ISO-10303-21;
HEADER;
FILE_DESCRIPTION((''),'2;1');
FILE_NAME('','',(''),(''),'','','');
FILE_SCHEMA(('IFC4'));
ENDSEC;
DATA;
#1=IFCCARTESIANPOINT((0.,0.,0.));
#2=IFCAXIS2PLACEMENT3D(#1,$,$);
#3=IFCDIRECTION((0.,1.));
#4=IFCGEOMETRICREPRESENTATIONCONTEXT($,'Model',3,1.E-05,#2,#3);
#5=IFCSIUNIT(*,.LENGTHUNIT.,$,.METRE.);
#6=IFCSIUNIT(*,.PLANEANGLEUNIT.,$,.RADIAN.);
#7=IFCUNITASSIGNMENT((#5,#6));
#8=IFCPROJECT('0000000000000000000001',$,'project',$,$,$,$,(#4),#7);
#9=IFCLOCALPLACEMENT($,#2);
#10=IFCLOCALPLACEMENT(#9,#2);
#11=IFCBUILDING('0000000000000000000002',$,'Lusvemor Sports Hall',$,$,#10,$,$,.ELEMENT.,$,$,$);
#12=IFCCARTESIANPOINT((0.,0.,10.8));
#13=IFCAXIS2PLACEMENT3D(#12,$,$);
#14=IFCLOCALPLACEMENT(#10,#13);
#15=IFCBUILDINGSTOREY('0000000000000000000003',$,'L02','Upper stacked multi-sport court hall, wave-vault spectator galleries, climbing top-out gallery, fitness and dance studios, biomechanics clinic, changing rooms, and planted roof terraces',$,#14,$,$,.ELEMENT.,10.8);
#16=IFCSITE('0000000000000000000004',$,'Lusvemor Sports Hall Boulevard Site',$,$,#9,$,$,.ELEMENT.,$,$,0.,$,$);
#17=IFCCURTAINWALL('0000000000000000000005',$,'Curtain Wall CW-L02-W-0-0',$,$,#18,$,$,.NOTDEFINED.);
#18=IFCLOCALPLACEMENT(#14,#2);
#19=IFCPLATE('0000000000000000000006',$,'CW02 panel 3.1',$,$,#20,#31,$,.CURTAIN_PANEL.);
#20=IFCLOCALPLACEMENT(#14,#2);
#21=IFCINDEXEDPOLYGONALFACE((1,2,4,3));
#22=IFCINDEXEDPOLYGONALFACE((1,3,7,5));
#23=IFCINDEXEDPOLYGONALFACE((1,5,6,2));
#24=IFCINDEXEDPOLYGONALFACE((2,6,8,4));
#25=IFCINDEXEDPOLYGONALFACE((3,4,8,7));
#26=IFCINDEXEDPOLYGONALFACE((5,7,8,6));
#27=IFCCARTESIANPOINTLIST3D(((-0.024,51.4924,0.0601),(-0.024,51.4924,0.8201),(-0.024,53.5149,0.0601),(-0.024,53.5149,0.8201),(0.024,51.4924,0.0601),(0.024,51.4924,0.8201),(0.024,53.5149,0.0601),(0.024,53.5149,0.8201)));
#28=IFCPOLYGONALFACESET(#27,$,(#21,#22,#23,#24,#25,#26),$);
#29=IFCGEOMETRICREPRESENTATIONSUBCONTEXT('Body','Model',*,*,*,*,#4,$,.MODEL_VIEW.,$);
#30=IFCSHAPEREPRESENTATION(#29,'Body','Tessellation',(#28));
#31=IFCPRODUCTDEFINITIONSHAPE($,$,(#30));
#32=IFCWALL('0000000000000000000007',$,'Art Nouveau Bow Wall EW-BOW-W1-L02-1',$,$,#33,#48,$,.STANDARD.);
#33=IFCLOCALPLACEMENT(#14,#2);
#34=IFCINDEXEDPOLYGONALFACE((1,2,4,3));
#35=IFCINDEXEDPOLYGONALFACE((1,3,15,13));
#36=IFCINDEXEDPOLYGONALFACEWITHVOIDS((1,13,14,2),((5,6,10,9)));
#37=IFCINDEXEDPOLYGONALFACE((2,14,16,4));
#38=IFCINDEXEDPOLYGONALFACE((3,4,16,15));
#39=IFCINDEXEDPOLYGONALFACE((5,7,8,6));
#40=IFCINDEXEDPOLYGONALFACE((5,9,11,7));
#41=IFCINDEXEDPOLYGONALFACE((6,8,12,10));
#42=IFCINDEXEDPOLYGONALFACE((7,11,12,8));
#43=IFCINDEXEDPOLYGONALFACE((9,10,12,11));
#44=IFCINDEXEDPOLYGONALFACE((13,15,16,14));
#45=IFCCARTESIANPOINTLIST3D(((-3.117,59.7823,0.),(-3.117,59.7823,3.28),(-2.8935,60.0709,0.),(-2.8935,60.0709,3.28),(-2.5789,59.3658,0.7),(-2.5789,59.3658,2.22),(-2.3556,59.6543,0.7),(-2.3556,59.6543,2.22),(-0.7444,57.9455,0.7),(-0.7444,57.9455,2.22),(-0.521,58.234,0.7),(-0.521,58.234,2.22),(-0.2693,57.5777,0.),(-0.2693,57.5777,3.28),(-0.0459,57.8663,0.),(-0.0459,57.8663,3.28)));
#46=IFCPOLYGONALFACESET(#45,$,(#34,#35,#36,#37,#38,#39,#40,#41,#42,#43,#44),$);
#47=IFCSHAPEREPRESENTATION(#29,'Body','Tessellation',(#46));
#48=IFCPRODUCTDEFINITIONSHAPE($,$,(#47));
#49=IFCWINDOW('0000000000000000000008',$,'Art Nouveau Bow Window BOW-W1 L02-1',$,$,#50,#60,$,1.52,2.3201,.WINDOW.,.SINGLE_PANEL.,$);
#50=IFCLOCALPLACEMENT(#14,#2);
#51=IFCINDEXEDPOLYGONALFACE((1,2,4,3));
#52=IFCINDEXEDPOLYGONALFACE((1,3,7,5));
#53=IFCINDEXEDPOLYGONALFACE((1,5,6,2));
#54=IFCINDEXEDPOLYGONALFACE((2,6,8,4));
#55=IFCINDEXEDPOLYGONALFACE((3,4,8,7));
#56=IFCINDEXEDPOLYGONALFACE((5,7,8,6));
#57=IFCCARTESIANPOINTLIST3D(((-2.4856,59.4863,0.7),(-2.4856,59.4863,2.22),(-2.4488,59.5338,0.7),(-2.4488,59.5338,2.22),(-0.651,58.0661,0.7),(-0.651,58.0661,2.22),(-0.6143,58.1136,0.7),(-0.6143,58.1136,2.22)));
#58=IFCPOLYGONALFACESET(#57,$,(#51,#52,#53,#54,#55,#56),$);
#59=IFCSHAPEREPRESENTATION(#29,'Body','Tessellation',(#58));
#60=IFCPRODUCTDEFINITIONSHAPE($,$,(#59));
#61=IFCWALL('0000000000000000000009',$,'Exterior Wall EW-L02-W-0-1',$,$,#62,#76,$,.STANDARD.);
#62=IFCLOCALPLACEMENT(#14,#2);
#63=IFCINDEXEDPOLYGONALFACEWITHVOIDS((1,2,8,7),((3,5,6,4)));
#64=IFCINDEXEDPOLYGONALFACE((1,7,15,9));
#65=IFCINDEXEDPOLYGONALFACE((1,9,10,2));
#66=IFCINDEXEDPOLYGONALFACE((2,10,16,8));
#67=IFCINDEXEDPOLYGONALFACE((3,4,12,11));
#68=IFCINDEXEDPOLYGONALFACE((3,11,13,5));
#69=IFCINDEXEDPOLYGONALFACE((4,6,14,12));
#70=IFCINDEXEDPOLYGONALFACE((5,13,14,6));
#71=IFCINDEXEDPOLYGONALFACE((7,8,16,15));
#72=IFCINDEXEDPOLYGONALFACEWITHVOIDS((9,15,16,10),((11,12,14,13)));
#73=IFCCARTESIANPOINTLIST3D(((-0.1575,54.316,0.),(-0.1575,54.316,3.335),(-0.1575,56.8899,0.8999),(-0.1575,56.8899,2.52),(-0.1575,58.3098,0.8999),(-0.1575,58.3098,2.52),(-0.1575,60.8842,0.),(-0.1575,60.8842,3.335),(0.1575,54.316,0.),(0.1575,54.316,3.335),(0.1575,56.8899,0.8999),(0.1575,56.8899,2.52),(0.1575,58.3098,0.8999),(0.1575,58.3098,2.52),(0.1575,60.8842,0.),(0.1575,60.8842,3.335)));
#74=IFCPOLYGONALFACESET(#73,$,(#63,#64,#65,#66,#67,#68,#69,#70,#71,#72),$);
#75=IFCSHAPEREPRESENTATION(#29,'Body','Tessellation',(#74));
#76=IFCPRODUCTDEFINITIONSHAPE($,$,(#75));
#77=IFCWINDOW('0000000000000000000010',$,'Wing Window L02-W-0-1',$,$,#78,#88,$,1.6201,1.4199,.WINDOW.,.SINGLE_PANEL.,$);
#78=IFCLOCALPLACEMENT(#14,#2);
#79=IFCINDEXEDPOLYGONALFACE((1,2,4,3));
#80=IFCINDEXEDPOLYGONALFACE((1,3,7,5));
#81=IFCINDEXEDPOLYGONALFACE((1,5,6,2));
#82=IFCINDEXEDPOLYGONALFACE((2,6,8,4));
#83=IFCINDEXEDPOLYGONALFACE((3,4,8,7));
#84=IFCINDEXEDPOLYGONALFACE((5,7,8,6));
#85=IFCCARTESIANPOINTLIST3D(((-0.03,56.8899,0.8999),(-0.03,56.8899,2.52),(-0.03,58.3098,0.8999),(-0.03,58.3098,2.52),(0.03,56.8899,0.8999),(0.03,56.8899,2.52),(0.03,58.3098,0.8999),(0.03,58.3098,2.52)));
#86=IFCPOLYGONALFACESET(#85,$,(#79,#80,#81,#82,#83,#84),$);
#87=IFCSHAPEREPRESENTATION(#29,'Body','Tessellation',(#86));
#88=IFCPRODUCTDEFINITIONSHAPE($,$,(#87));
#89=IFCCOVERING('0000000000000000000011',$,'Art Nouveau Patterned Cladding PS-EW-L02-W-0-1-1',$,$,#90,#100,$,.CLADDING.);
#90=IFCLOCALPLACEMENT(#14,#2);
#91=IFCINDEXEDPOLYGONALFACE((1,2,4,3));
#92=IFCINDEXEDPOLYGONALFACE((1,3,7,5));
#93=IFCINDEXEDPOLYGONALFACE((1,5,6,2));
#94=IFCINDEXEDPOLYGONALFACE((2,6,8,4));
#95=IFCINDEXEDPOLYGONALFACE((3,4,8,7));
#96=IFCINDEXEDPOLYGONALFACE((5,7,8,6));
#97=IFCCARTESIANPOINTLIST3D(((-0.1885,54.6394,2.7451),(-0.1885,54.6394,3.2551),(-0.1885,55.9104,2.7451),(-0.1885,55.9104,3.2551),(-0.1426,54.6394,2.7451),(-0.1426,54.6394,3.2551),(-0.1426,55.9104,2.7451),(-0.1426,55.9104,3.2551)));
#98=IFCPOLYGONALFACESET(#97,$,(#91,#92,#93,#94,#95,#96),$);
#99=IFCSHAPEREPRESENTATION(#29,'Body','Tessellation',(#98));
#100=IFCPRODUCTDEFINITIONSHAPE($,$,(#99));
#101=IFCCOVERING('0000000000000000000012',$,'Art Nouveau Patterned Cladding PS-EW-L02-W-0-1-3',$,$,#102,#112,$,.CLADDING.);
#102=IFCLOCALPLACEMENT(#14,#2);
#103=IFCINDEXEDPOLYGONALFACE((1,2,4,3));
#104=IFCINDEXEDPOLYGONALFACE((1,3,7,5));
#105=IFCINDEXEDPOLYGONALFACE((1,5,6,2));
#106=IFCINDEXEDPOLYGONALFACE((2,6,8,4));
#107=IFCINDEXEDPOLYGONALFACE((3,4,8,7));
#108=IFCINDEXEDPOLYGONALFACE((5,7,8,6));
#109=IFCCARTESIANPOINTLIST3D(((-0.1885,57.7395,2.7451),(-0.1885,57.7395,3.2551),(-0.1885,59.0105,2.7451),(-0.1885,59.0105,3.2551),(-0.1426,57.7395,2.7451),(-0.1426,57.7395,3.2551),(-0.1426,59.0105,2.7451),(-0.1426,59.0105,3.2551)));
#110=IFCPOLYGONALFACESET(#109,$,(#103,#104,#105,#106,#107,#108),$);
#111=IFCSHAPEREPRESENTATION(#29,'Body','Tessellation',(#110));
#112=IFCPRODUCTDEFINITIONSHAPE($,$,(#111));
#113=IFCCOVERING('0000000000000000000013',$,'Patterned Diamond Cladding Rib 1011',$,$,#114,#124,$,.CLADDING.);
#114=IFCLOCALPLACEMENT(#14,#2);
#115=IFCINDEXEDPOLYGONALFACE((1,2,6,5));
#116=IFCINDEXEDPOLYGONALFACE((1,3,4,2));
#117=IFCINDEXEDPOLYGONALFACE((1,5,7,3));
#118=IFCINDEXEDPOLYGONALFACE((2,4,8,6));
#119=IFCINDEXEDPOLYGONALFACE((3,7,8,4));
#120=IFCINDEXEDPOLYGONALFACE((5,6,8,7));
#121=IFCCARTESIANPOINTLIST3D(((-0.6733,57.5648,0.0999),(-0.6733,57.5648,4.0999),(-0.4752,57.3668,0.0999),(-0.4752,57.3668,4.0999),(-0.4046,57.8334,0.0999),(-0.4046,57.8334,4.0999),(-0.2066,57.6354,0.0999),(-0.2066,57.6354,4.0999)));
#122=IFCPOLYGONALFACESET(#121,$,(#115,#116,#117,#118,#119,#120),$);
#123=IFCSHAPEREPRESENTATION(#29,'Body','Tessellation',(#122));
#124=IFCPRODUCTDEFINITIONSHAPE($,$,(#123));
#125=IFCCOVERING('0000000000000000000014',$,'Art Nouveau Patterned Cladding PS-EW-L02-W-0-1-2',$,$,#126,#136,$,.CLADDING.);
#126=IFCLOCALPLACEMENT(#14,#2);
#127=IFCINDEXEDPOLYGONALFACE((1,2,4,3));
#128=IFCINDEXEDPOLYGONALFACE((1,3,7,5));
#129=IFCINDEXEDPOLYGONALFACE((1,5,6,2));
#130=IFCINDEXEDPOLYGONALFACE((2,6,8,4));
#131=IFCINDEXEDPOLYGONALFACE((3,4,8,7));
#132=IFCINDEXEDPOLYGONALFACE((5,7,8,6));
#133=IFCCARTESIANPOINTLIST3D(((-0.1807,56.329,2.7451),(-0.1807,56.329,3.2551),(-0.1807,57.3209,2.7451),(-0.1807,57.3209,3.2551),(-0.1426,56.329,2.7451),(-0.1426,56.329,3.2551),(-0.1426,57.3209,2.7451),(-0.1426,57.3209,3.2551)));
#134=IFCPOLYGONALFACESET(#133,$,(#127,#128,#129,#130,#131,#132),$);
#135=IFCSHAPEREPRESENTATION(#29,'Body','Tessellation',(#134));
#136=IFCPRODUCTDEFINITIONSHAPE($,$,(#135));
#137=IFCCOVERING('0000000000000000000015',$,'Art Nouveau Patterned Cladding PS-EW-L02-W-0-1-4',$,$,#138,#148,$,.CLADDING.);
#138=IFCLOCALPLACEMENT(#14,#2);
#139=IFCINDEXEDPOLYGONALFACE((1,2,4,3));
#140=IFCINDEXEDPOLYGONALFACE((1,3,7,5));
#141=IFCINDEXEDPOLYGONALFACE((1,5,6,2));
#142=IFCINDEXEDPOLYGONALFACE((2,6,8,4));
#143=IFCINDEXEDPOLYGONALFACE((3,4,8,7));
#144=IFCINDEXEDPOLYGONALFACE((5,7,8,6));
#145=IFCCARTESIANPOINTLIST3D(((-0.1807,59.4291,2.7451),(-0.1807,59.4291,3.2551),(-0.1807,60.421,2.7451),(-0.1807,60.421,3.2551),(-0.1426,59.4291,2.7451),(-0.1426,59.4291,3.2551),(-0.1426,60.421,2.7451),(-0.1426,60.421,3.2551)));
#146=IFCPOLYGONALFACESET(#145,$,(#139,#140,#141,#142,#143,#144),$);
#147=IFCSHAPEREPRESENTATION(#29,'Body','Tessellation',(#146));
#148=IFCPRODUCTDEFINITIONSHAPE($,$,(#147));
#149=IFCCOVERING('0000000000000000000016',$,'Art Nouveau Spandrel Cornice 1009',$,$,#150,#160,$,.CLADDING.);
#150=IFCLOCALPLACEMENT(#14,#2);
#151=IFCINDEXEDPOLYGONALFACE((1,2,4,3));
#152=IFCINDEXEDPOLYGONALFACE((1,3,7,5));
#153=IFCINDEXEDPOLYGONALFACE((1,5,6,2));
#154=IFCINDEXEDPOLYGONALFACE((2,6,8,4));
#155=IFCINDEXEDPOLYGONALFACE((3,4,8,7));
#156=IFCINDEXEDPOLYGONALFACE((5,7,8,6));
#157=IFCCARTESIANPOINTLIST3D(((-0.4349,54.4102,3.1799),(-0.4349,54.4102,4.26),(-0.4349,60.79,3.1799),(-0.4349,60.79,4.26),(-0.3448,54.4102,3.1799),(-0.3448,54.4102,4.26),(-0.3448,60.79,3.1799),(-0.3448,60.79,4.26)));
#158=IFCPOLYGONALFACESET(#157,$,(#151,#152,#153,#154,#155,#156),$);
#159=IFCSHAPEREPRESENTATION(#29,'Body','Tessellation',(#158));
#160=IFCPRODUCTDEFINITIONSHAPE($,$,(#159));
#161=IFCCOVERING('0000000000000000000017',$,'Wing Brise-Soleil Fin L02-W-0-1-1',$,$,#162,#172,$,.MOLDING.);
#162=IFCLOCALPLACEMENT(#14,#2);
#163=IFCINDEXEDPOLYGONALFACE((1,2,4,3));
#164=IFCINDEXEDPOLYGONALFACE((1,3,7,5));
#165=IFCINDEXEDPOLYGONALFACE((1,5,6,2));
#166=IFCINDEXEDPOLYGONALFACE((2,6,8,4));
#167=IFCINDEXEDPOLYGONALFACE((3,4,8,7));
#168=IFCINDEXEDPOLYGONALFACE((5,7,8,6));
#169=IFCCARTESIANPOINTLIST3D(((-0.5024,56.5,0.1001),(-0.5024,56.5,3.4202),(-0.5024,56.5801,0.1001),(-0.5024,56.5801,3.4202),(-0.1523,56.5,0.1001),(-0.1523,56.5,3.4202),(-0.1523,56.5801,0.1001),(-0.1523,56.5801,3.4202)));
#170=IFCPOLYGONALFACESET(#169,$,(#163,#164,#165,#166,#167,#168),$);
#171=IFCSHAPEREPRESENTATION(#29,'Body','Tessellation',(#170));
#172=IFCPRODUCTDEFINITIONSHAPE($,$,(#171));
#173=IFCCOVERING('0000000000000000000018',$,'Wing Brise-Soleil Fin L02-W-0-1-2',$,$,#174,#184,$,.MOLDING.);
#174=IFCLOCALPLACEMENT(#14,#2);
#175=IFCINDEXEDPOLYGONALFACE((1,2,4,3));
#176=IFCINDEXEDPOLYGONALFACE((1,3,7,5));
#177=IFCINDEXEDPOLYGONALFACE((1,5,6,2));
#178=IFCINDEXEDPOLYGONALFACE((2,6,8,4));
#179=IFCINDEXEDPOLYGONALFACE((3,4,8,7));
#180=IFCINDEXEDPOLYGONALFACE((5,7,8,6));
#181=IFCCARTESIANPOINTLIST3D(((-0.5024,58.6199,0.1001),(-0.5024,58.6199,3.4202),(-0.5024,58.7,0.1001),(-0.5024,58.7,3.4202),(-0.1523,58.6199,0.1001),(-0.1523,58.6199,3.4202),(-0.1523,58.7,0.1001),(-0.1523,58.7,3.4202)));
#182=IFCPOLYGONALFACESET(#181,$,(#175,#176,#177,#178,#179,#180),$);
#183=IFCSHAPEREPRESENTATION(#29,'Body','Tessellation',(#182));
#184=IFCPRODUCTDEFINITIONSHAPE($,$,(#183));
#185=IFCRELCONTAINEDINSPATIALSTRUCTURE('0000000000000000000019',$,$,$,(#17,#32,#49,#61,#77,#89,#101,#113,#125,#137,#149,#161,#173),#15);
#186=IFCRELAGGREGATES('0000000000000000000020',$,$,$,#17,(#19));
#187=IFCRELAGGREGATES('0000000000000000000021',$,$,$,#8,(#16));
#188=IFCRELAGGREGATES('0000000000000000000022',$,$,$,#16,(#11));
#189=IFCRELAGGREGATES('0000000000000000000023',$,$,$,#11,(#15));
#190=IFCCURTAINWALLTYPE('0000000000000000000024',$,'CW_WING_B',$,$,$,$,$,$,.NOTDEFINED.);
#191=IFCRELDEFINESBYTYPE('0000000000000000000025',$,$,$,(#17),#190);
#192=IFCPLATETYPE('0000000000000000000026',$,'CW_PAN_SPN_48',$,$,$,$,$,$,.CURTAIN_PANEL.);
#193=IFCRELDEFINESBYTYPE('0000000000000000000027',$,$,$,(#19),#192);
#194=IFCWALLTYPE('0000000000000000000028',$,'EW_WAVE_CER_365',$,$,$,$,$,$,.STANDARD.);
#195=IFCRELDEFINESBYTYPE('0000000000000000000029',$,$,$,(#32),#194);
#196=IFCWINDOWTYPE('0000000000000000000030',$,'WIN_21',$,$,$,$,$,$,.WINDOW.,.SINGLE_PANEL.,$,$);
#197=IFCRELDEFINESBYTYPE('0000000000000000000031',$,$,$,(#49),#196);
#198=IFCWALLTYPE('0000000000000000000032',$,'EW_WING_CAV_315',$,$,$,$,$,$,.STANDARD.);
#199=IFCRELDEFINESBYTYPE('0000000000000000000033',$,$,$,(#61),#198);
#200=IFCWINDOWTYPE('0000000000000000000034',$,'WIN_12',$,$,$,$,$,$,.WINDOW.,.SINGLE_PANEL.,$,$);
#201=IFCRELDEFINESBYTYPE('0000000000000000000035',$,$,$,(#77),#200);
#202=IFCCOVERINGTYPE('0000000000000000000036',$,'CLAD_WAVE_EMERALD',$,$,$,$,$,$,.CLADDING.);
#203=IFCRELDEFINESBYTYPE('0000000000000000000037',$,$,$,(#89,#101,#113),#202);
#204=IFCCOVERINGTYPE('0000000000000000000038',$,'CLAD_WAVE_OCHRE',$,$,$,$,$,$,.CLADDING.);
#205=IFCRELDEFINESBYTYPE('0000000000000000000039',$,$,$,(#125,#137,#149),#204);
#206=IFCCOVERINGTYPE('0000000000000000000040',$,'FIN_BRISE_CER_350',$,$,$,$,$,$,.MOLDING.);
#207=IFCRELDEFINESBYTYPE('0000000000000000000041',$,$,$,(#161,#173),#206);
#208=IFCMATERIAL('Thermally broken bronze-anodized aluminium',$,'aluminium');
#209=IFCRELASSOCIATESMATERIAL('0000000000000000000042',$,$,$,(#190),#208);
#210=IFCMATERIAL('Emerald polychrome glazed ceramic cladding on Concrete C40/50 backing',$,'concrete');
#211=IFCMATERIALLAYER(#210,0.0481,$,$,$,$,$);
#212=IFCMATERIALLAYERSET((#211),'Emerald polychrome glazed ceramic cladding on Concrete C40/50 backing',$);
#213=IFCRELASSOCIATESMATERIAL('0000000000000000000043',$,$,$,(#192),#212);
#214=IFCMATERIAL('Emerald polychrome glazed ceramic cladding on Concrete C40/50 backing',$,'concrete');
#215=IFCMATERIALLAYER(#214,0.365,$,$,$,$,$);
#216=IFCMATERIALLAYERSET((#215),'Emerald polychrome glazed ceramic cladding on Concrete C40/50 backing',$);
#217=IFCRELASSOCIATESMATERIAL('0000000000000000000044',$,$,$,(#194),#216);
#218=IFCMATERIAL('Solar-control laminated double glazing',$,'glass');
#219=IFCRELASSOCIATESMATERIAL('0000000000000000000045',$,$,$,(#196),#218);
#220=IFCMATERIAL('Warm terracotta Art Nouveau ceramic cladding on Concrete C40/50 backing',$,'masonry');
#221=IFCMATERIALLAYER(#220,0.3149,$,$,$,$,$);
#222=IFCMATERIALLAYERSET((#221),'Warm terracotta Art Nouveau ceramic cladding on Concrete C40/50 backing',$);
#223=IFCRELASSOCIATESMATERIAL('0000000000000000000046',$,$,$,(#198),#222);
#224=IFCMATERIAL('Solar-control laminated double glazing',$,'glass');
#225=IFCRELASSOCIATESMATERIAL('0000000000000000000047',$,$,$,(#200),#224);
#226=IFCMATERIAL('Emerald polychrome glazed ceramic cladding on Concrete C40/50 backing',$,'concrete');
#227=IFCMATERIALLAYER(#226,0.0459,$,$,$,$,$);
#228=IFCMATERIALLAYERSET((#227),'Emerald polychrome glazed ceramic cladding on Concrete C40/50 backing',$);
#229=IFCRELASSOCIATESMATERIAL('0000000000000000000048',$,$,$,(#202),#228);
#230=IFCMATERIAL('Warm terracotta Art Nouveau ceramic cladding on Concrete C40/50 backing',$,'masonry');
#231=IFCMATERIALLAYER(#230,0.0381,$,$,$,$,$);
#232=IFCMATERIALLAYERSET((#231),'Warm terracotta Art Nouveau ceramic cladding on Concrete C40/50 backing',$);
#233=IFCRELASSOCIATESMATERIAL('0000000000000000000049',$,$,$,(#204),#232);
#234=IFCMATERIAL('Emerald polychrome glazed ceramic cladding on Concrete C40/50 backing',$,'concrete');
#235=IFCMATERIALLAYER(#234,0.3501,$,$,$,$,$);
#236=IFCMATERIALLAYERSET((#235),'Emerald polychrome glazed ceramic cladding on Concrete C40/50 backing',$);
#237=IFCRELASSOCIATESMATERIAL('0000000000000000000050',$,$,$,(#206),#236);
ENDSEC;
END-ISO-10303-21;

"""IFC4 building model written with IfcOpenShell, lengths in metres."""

from ifc_helpers import new_model, si_unit, direction, frame, frame_2d, origin, origin_2d, place, context, subcontext, project, spatial, rectangle, extrude, material, layer, layer_set, type_object, element, fill, aggregate, save


model = new_model("IFC4")

# Units and contexts
model_context = context("Model", 3, precision=1e-05, world=origin(), true_north=direction((0.0, 1.0)))
body_context = subcontext(model_context, "Body", "Model", "MODEL_VIEW")
ifc_project = project(units=[si_unit("LENGTHUNIT", "METRE"), si_unit("PLANEANGLEUNIT", "RADIAN")], contexts=[model_context])

# Site, building, storey
site_placement = place(None, origin())
site = spatial("IfcSite", under=ifc_project, at=site_placement, Name="Lusvemor Sports Hall Boulevard Site", CompositionType="ELEMENT", RefElevation=0.0)
building_placement = place(site_placement, origin())
building = spatial("IfcBuilding", under=site, at=building_placement, Name="Lusvemor Sports Hall", CompositionType="ELEMENT")
storey_placement = place(building_placement, frame((0.0, 0.0, 10.8)))
storey = spatial("IfcBuildingStorey", under=building, at=storey_placement, Name="L02", Description="Upper stacked multi-sport court hall, wave-vault spectator galleries, climbing top-out gallery, fitness and dance studios, biomechanics clinic, changing rooms, and planted roof terraces", CompositionType="ELEMENT", Elevation=10.8)

# Curtain wall
ifc_material_1 = material(Name="Thermally broken bronze-anodized aluminium", Category="aluminium")
curtain_wall_type_1 = type_object("IfcCurtainWallType", Name="CW_WING_B", PredefinedType="NOTDEFINED", material=ifc_material_1)
curtain_wall_1_placement = place(storey_placement, origin())
curtain_wall_1 = element("IfcCurtainWall", 1, at=curtain_wall_1_placement, inside=storey, type_object=curtain_wall_type_1, Name="Curtain Wall CW-L02-W-0-0", PredefinedType="NOTDEFINED")

# Plate
ifc_material_2 = material(Name="Emerald polychrome glazed ceramic cladding on Concrete C40/50 backing", Category="concrete")
ifc_layer_1 = layer(ifc_material_2, 0.0481)
ifc_layer_set_1 = layer_set([ifc_layer_1], Name="Emerald polychrome glazed ceramic cladding on Concrete C40/50 backing")
plate_type_1 = type_object("IfcPlateType", Name="CW_PAN_SPN_48", PredefinedType="CURTAIN_PANEL", material=ifc_layer_set_1)
plate_1_placement = place(storey_placement, frame((0.0, 52.5037, 0.0601), z_axis=(0.0, 0.0, 1.0), x_axis=(0.0, 1.0, 0.0)))
plate_1 = element("IfcPlate", 2, at=plate_1_placement, type_object=plate_type_1, Name="CW02 panel 3.1", PredefinedType="CURTAIN_PANEL", context=body_context, shape_type="SweptSolid", body=[
    extrude(rectangle(XDim=2.0225, YDim=0.0481, at=origin_2d()), origin(), (0.0, 0.0, 1.0), 0.76),
])
aggregate(curtain_wall_1, [plate_1])

# Walls, openings, windows
ifc_material_3 = material(Name="Emerald polychrome glazed ceramic cladding on Concrete C40/50 backing", Category="concrete")
ifc_layer_2 = layer(ifc_material_3, 0.365)
ifc_layer_set_2 = layer_set([ifc_layer_2], Name="Emerald polychrome glazed ceramic cladding on Concrete C40/50 backing")
wall_type_1 = type_object("IfcWallType", Name="EW_WAVE_CER_365", PredefinedType="STANDARD", material=ifc_layer_set_2)
wall_1_placement = place(storey_placement, frame((-0.1575, 57.7219, 0.0), z_axis=(0.0, 0.0, 1.0), x_axis=(-0.79073, 0.612165, 0.0)))
wall_1 = element("IfcWall", 3, at=wall_1_placement, inside=storey, type_object=wall_type_1, Name="Art Nouveau Bow Wall EW-BOW-W1-L02-1", PredefinedType="STANDARD", context=body_context, shape_type="SweptSolid", body=[
    extrude(rectangle(XDim=3.6013, YDim=0.365, at=frame_2d((1.8008, 0.0))), origin(), (0.0, 0.0, 1.0), 3.28),
])
opening_1_placement = place(wall_1_placement, frame((0.6008, 0.0, 0.7)))
opening_1 = element("IfcOpeningElement", 4, at=opening_1_placement, cuts=wall_1, PredefinedType="OPENING", context=body_context, shape_type="SweptSolid", body=[
    extrude(rectangle(XDim=2.3201, YDim=1.52, at=frame_2d((1.1602, 0.76))), frame((0.0, 0.1826, 0.0), z_axis=(0.0, -1.0, 0.0), x_axis=(1.0, 0.0, 0.0)), (0.0, 0.0, 1.0), 0.365),
])
ifc_material_4 = material(Name="Solar-control laminated double glazing", Category="glass")
window_type_1 = type_object("IfcWindowType", Name="WIN_21", PartitioningType="SINGLE_PANEL", PredefinedType="WINDOW", material=ifc_material_4)
window_1_placement = place(opening_1_placement, origin())
window_1 = element("IfcWindow", 5, at=window_1_placement, inside=storey, type_object=window_type_1, Name="Art Nouveau Bow Window BOW-W1 L02-1", OverallHeight=1.52, OverallWidth=2.3201, PartitioningType="SINGLE_PANEL", PredefinedType="WINDOW", context=body_context, shape_type="SweptSolid", body=[
    extrude(rectangle(XDim=2.3201, YDim=1.52, at=frame_2d((1.1602, 0.76))), frame((0.0, 0.03, 0.0), z_axis=(0.0, -1.0, 0.0), x_axis=(1.0, 0.0, 0.0)), (0.0, 0.0, 1.0), 0.0601),
])
fill(opening_1, window_1)
ifc_material_5 = material(Name="Warm terracotta Art Nouveau ceramic cladding on Concrete C40/50 backing", Category="masonry")
ifc_layer_3 = layer(ifc_material_5, 0.3149)
ifc_layer_set_3 = layer_set([ifc_layer_3], Name="Warm terracotta Art Nouveau ceramic cladding on Concrete C40/50 backing")
wall_type_2 = type_object("IfcWallType", Name="EW_WING_CAV_315", PredefinedType="STANDARD", material=ifc_layer_set_3)
wall_2_placement = place(storey_placement, frame((0.0, 54.3159, 0.0), z_axis=(0.0, 0.0, 1.0), x_axis=(0.0, 1.0, 0.0)))
wall_2 = element("IfcWall", 6, at=wall_2_placement, inside=storey, type_object=wall_type_2, Name="Exterior Wall EW-L02-W-0-1", PredefinedType="STANDARD", context=body_context, shape_type="SweptSolid", body=[
    extrude(rectangle(XDim=6.5681, YDim=0.3149, at=frame_2d((3.2842, 0.0))), origin(), (0.0, 0.0, 1.0), 3.335),
])
opening_2_placement = place(wall_2_placement, frame((2.574, 0.0, 0.8999)))
opening_2 = element("IfcOpeningElement", 7, at=opening_2_placement, cuts=wall_2, PredefinedType="OPENING", context=body_context, shape_type="SweptSolid", body=[
    extrude(rectangle(XDim=1.4199, YDim=1.6201, at=frame_2d((0.71, 0.8101))), frame((0.0, 0.1575, 0.0), z_axis=(0.0, -1.0, 0.0), x_axis=(1.0, 0.0, 0.0)), (0.0, 0.0, 1.0), 0.3149),
])
ifc_material_6 = material(Name="Solar-control laminated double glazing", Category="glass")
window_type_2 = type_object("IfcWindowType", Name="WIN_12", PartitioningType="SINGLE_PANEL", PredefinedType="WINDOW", material=ifc_material_6)
window_2_placement = place(opening_2_placement, origin())
window_2 = element("IfcWindow", 8, at=window_2_placement, inside=storey, type_object=window_type_2, Name="Wing Window L02-W-0-1", OverallHeight=1.6201, OverallWidth=1.4199, PartitioningType="SINGLE_PANEL", PredefinedType="WINDOW", context=body_context, shape_type="SweptSolid", body=[
    extrude(rectangle(XDim=1.4199, YDim=1.6201, at=frame_2d((0.71, 0.8101))), frame((0.0, 0.03, 0.0), z_axis=(0.0, -1.0, 0.0), x_axis=(1.0, 0.0, 0.0)), (0.0, 0.0, 1.0), 0.0601),
])
fill(opening_2, window_2)

# Coverings
ifc_material_7 = material(Name="Emerald polychrome glazed ceramic cladding on Concrete C40/50 backing", Category="concrete")
ifc_layer_4 = layer(ifc_material_7, 0.0459)
ifc_layer_set_4 = layer_set([ifc_layer_4], Name="Emerald polychrome glazed ceramic cladding on Concrete C40/50 backing")
covering_type_1 = type_object("IfcCoveringType", Name="CLAD_WAVE_EMERALD", PredefinedType="CLADDING", material=ifc_layer_set_4)
for number, where, z_axis, x_axis, name in (
    (9, (-0.1655, 55.2749, 2.7451), (0.0, 0.0, 1.0), (1.0, 0.0, 0.0), "Art Nouveau Patterned Cladding PS-EW-L02-W-0-1-1"),
    (10, (-0.1655, 58.375, 2.7451), (0.0, 0.0, 1.0), (1.0, 0.0, 0.0), "Art Nouveau Patterned Cladding PS-EW-L02-W-0-1-3"),
):
    element("IfcCovering", number, at=place(storey_placement, frame(where, z_axis=z_axis, x_axis=x_axis)), inside=storey, type_object=covering_type_1, Name=name, PredefinedType="CLADDING", context=body_context, shape_type="SweptSolid", body=[
        extrude(rectangle(XDim=0.0459, YDim=1.271, at=origin_2d()), origin(), (0.0, 0.0, 1.0), 0.51),
    ])
covering_1_placement = place(storey_placement, frame((-0.4399, 57.6001, 0.0999), z_axis=(0.0, 0.0, 1.0), x_axis=(0.707107, 0.707107, 0.0)))
element("IfcCovering", 11, at=covering_1_placement, inside=storey, type_object=covering_type_1, Name="Patterned Diamond Cladding Rib 1011", PredefinedType="CLADDING", context=body_context, shape_type="SweptSolid", body=[
    extrude(rectangle(XDim=0.3799, YDim=0.28, at=origin_2d()), origin(), (0.0, 0.0, 1.0), 4.0),
])
ifc_material_8 = material(Name="Warm terracotta Art Nouveau ceramic cladding on Concrete C40/50 backing", Category="masonry")
ifc_layer_5 = layer(ifc_material_8, 0.0381)
ifc_layer_set_5 = layer_set([ifc_layer_5], Name="Warm terracotta Art Nouveau ceramic cladding on Concrete C40/50 backing")
covering_type_2 = type_object("IfcCoveringType", Name="CLAD_WAVE_OCHRE", PredefinedType="CLADDING", material=ifc_layer_set_5)
for number, where, z_axis, x_axis, name in (
    (12, (-0.1616, 56.825, 2.7451), (0.0, 0.0, 1.0), (1.0, 0.0, 0.0), "Art Nouveau Patterned Cladding PS-EW-L02-W-0-1-2"),
    (13, (-0.1616, 59.925, 2.7451), (0.0, 0.0, 1.0), (1.0, 0.0, 0.0), "Art Nouveau Patterned Cladding PS-EW-L02-W-0-1-4"),
):
    element("IfcCovering", number, at=place(storey_placement, frame(where, z_axis=z_axis, x_axis=x_axis)), inside=storey, type_object=covering_type_2, Name=name, PredefinedType="CLADDING", context=body_context, shape_type="SweptSolid", body=[
        extrude(rectangle(XDim=0.0381, YDim=0.9919, at=origin_2d()), origin(), (0.0, 0.0, 1.0), 0.51),
    ])
covering_2_placement = place(storey_placement, frame((-0.3899, 57.6001, 3.1799), z_axis=(0.0, 0.0, 1.0), x_axis=(1.0, 0.0, 0.0)))
element("IfcCovering", 14, at=covering_2_placement, inside=storey, type_object=covering_type_2, Name="Art Nouveau Spandrel Cornice 1009", PredefinedType="CLADDING", context=body_context, shape_type="SweptSolid", body=[
    extrude(rectangle(XDim=0.0901, YDim=6.3799, at=origin_2d()), origin(), (0.0, 0.0, 1.0), 1.0801),
])
ifc_material_9 = material(Name="Emerald polychrome glazed ceramic cladding on Concrete C40/50 backing", Category="concrete")
ifc_layer_6 = layer(ifc_material_9, 0.3501)
ifc_layer_set_6 = layer_set([ifc_layer_6], Name="Emerald polychrome glazed ceramic cladding on Concrete C40/50 backing")
covering_type_3 = type_object("IfcCoveringType", Name="FIN_BRISE_CER_350", PredefinedType="MOLDING", material=ifc_layer_set_6)
for number, where, z_axis, x_axis, name in (
    (15, (-0.3274, 56.54, 0.1001), (0.0, 0.0, 1.0), (1.0, 0.0, 0.0), "Wing Brise-Soleil Fin L02-W-0-1-1"),
    (16, (-0.3274, 58.6599, 0.1001), (0.0, 0.0, 1.0), (1.0, 0.0, 0.0), "Wing Brise-Soleil Fin L02-W-0-1-2"),
):
    element("IfcCovering", number, at=place(storey_placement, frame(where, z_axis=z_axis, x_axis=x_axis)), inside=storey, type_object=covering_type_3, Name=name, PredefinedType="MOLDING", context=body_context, shape_type="SweptSolid", body=[
        extrude(rectangle(XDim=0.3501, YDim=0.0801, at=origin_2d()), origin(), (0.0, 0.0, 1.0), 3.3201),
    ])

save(model, "model.ifc")
